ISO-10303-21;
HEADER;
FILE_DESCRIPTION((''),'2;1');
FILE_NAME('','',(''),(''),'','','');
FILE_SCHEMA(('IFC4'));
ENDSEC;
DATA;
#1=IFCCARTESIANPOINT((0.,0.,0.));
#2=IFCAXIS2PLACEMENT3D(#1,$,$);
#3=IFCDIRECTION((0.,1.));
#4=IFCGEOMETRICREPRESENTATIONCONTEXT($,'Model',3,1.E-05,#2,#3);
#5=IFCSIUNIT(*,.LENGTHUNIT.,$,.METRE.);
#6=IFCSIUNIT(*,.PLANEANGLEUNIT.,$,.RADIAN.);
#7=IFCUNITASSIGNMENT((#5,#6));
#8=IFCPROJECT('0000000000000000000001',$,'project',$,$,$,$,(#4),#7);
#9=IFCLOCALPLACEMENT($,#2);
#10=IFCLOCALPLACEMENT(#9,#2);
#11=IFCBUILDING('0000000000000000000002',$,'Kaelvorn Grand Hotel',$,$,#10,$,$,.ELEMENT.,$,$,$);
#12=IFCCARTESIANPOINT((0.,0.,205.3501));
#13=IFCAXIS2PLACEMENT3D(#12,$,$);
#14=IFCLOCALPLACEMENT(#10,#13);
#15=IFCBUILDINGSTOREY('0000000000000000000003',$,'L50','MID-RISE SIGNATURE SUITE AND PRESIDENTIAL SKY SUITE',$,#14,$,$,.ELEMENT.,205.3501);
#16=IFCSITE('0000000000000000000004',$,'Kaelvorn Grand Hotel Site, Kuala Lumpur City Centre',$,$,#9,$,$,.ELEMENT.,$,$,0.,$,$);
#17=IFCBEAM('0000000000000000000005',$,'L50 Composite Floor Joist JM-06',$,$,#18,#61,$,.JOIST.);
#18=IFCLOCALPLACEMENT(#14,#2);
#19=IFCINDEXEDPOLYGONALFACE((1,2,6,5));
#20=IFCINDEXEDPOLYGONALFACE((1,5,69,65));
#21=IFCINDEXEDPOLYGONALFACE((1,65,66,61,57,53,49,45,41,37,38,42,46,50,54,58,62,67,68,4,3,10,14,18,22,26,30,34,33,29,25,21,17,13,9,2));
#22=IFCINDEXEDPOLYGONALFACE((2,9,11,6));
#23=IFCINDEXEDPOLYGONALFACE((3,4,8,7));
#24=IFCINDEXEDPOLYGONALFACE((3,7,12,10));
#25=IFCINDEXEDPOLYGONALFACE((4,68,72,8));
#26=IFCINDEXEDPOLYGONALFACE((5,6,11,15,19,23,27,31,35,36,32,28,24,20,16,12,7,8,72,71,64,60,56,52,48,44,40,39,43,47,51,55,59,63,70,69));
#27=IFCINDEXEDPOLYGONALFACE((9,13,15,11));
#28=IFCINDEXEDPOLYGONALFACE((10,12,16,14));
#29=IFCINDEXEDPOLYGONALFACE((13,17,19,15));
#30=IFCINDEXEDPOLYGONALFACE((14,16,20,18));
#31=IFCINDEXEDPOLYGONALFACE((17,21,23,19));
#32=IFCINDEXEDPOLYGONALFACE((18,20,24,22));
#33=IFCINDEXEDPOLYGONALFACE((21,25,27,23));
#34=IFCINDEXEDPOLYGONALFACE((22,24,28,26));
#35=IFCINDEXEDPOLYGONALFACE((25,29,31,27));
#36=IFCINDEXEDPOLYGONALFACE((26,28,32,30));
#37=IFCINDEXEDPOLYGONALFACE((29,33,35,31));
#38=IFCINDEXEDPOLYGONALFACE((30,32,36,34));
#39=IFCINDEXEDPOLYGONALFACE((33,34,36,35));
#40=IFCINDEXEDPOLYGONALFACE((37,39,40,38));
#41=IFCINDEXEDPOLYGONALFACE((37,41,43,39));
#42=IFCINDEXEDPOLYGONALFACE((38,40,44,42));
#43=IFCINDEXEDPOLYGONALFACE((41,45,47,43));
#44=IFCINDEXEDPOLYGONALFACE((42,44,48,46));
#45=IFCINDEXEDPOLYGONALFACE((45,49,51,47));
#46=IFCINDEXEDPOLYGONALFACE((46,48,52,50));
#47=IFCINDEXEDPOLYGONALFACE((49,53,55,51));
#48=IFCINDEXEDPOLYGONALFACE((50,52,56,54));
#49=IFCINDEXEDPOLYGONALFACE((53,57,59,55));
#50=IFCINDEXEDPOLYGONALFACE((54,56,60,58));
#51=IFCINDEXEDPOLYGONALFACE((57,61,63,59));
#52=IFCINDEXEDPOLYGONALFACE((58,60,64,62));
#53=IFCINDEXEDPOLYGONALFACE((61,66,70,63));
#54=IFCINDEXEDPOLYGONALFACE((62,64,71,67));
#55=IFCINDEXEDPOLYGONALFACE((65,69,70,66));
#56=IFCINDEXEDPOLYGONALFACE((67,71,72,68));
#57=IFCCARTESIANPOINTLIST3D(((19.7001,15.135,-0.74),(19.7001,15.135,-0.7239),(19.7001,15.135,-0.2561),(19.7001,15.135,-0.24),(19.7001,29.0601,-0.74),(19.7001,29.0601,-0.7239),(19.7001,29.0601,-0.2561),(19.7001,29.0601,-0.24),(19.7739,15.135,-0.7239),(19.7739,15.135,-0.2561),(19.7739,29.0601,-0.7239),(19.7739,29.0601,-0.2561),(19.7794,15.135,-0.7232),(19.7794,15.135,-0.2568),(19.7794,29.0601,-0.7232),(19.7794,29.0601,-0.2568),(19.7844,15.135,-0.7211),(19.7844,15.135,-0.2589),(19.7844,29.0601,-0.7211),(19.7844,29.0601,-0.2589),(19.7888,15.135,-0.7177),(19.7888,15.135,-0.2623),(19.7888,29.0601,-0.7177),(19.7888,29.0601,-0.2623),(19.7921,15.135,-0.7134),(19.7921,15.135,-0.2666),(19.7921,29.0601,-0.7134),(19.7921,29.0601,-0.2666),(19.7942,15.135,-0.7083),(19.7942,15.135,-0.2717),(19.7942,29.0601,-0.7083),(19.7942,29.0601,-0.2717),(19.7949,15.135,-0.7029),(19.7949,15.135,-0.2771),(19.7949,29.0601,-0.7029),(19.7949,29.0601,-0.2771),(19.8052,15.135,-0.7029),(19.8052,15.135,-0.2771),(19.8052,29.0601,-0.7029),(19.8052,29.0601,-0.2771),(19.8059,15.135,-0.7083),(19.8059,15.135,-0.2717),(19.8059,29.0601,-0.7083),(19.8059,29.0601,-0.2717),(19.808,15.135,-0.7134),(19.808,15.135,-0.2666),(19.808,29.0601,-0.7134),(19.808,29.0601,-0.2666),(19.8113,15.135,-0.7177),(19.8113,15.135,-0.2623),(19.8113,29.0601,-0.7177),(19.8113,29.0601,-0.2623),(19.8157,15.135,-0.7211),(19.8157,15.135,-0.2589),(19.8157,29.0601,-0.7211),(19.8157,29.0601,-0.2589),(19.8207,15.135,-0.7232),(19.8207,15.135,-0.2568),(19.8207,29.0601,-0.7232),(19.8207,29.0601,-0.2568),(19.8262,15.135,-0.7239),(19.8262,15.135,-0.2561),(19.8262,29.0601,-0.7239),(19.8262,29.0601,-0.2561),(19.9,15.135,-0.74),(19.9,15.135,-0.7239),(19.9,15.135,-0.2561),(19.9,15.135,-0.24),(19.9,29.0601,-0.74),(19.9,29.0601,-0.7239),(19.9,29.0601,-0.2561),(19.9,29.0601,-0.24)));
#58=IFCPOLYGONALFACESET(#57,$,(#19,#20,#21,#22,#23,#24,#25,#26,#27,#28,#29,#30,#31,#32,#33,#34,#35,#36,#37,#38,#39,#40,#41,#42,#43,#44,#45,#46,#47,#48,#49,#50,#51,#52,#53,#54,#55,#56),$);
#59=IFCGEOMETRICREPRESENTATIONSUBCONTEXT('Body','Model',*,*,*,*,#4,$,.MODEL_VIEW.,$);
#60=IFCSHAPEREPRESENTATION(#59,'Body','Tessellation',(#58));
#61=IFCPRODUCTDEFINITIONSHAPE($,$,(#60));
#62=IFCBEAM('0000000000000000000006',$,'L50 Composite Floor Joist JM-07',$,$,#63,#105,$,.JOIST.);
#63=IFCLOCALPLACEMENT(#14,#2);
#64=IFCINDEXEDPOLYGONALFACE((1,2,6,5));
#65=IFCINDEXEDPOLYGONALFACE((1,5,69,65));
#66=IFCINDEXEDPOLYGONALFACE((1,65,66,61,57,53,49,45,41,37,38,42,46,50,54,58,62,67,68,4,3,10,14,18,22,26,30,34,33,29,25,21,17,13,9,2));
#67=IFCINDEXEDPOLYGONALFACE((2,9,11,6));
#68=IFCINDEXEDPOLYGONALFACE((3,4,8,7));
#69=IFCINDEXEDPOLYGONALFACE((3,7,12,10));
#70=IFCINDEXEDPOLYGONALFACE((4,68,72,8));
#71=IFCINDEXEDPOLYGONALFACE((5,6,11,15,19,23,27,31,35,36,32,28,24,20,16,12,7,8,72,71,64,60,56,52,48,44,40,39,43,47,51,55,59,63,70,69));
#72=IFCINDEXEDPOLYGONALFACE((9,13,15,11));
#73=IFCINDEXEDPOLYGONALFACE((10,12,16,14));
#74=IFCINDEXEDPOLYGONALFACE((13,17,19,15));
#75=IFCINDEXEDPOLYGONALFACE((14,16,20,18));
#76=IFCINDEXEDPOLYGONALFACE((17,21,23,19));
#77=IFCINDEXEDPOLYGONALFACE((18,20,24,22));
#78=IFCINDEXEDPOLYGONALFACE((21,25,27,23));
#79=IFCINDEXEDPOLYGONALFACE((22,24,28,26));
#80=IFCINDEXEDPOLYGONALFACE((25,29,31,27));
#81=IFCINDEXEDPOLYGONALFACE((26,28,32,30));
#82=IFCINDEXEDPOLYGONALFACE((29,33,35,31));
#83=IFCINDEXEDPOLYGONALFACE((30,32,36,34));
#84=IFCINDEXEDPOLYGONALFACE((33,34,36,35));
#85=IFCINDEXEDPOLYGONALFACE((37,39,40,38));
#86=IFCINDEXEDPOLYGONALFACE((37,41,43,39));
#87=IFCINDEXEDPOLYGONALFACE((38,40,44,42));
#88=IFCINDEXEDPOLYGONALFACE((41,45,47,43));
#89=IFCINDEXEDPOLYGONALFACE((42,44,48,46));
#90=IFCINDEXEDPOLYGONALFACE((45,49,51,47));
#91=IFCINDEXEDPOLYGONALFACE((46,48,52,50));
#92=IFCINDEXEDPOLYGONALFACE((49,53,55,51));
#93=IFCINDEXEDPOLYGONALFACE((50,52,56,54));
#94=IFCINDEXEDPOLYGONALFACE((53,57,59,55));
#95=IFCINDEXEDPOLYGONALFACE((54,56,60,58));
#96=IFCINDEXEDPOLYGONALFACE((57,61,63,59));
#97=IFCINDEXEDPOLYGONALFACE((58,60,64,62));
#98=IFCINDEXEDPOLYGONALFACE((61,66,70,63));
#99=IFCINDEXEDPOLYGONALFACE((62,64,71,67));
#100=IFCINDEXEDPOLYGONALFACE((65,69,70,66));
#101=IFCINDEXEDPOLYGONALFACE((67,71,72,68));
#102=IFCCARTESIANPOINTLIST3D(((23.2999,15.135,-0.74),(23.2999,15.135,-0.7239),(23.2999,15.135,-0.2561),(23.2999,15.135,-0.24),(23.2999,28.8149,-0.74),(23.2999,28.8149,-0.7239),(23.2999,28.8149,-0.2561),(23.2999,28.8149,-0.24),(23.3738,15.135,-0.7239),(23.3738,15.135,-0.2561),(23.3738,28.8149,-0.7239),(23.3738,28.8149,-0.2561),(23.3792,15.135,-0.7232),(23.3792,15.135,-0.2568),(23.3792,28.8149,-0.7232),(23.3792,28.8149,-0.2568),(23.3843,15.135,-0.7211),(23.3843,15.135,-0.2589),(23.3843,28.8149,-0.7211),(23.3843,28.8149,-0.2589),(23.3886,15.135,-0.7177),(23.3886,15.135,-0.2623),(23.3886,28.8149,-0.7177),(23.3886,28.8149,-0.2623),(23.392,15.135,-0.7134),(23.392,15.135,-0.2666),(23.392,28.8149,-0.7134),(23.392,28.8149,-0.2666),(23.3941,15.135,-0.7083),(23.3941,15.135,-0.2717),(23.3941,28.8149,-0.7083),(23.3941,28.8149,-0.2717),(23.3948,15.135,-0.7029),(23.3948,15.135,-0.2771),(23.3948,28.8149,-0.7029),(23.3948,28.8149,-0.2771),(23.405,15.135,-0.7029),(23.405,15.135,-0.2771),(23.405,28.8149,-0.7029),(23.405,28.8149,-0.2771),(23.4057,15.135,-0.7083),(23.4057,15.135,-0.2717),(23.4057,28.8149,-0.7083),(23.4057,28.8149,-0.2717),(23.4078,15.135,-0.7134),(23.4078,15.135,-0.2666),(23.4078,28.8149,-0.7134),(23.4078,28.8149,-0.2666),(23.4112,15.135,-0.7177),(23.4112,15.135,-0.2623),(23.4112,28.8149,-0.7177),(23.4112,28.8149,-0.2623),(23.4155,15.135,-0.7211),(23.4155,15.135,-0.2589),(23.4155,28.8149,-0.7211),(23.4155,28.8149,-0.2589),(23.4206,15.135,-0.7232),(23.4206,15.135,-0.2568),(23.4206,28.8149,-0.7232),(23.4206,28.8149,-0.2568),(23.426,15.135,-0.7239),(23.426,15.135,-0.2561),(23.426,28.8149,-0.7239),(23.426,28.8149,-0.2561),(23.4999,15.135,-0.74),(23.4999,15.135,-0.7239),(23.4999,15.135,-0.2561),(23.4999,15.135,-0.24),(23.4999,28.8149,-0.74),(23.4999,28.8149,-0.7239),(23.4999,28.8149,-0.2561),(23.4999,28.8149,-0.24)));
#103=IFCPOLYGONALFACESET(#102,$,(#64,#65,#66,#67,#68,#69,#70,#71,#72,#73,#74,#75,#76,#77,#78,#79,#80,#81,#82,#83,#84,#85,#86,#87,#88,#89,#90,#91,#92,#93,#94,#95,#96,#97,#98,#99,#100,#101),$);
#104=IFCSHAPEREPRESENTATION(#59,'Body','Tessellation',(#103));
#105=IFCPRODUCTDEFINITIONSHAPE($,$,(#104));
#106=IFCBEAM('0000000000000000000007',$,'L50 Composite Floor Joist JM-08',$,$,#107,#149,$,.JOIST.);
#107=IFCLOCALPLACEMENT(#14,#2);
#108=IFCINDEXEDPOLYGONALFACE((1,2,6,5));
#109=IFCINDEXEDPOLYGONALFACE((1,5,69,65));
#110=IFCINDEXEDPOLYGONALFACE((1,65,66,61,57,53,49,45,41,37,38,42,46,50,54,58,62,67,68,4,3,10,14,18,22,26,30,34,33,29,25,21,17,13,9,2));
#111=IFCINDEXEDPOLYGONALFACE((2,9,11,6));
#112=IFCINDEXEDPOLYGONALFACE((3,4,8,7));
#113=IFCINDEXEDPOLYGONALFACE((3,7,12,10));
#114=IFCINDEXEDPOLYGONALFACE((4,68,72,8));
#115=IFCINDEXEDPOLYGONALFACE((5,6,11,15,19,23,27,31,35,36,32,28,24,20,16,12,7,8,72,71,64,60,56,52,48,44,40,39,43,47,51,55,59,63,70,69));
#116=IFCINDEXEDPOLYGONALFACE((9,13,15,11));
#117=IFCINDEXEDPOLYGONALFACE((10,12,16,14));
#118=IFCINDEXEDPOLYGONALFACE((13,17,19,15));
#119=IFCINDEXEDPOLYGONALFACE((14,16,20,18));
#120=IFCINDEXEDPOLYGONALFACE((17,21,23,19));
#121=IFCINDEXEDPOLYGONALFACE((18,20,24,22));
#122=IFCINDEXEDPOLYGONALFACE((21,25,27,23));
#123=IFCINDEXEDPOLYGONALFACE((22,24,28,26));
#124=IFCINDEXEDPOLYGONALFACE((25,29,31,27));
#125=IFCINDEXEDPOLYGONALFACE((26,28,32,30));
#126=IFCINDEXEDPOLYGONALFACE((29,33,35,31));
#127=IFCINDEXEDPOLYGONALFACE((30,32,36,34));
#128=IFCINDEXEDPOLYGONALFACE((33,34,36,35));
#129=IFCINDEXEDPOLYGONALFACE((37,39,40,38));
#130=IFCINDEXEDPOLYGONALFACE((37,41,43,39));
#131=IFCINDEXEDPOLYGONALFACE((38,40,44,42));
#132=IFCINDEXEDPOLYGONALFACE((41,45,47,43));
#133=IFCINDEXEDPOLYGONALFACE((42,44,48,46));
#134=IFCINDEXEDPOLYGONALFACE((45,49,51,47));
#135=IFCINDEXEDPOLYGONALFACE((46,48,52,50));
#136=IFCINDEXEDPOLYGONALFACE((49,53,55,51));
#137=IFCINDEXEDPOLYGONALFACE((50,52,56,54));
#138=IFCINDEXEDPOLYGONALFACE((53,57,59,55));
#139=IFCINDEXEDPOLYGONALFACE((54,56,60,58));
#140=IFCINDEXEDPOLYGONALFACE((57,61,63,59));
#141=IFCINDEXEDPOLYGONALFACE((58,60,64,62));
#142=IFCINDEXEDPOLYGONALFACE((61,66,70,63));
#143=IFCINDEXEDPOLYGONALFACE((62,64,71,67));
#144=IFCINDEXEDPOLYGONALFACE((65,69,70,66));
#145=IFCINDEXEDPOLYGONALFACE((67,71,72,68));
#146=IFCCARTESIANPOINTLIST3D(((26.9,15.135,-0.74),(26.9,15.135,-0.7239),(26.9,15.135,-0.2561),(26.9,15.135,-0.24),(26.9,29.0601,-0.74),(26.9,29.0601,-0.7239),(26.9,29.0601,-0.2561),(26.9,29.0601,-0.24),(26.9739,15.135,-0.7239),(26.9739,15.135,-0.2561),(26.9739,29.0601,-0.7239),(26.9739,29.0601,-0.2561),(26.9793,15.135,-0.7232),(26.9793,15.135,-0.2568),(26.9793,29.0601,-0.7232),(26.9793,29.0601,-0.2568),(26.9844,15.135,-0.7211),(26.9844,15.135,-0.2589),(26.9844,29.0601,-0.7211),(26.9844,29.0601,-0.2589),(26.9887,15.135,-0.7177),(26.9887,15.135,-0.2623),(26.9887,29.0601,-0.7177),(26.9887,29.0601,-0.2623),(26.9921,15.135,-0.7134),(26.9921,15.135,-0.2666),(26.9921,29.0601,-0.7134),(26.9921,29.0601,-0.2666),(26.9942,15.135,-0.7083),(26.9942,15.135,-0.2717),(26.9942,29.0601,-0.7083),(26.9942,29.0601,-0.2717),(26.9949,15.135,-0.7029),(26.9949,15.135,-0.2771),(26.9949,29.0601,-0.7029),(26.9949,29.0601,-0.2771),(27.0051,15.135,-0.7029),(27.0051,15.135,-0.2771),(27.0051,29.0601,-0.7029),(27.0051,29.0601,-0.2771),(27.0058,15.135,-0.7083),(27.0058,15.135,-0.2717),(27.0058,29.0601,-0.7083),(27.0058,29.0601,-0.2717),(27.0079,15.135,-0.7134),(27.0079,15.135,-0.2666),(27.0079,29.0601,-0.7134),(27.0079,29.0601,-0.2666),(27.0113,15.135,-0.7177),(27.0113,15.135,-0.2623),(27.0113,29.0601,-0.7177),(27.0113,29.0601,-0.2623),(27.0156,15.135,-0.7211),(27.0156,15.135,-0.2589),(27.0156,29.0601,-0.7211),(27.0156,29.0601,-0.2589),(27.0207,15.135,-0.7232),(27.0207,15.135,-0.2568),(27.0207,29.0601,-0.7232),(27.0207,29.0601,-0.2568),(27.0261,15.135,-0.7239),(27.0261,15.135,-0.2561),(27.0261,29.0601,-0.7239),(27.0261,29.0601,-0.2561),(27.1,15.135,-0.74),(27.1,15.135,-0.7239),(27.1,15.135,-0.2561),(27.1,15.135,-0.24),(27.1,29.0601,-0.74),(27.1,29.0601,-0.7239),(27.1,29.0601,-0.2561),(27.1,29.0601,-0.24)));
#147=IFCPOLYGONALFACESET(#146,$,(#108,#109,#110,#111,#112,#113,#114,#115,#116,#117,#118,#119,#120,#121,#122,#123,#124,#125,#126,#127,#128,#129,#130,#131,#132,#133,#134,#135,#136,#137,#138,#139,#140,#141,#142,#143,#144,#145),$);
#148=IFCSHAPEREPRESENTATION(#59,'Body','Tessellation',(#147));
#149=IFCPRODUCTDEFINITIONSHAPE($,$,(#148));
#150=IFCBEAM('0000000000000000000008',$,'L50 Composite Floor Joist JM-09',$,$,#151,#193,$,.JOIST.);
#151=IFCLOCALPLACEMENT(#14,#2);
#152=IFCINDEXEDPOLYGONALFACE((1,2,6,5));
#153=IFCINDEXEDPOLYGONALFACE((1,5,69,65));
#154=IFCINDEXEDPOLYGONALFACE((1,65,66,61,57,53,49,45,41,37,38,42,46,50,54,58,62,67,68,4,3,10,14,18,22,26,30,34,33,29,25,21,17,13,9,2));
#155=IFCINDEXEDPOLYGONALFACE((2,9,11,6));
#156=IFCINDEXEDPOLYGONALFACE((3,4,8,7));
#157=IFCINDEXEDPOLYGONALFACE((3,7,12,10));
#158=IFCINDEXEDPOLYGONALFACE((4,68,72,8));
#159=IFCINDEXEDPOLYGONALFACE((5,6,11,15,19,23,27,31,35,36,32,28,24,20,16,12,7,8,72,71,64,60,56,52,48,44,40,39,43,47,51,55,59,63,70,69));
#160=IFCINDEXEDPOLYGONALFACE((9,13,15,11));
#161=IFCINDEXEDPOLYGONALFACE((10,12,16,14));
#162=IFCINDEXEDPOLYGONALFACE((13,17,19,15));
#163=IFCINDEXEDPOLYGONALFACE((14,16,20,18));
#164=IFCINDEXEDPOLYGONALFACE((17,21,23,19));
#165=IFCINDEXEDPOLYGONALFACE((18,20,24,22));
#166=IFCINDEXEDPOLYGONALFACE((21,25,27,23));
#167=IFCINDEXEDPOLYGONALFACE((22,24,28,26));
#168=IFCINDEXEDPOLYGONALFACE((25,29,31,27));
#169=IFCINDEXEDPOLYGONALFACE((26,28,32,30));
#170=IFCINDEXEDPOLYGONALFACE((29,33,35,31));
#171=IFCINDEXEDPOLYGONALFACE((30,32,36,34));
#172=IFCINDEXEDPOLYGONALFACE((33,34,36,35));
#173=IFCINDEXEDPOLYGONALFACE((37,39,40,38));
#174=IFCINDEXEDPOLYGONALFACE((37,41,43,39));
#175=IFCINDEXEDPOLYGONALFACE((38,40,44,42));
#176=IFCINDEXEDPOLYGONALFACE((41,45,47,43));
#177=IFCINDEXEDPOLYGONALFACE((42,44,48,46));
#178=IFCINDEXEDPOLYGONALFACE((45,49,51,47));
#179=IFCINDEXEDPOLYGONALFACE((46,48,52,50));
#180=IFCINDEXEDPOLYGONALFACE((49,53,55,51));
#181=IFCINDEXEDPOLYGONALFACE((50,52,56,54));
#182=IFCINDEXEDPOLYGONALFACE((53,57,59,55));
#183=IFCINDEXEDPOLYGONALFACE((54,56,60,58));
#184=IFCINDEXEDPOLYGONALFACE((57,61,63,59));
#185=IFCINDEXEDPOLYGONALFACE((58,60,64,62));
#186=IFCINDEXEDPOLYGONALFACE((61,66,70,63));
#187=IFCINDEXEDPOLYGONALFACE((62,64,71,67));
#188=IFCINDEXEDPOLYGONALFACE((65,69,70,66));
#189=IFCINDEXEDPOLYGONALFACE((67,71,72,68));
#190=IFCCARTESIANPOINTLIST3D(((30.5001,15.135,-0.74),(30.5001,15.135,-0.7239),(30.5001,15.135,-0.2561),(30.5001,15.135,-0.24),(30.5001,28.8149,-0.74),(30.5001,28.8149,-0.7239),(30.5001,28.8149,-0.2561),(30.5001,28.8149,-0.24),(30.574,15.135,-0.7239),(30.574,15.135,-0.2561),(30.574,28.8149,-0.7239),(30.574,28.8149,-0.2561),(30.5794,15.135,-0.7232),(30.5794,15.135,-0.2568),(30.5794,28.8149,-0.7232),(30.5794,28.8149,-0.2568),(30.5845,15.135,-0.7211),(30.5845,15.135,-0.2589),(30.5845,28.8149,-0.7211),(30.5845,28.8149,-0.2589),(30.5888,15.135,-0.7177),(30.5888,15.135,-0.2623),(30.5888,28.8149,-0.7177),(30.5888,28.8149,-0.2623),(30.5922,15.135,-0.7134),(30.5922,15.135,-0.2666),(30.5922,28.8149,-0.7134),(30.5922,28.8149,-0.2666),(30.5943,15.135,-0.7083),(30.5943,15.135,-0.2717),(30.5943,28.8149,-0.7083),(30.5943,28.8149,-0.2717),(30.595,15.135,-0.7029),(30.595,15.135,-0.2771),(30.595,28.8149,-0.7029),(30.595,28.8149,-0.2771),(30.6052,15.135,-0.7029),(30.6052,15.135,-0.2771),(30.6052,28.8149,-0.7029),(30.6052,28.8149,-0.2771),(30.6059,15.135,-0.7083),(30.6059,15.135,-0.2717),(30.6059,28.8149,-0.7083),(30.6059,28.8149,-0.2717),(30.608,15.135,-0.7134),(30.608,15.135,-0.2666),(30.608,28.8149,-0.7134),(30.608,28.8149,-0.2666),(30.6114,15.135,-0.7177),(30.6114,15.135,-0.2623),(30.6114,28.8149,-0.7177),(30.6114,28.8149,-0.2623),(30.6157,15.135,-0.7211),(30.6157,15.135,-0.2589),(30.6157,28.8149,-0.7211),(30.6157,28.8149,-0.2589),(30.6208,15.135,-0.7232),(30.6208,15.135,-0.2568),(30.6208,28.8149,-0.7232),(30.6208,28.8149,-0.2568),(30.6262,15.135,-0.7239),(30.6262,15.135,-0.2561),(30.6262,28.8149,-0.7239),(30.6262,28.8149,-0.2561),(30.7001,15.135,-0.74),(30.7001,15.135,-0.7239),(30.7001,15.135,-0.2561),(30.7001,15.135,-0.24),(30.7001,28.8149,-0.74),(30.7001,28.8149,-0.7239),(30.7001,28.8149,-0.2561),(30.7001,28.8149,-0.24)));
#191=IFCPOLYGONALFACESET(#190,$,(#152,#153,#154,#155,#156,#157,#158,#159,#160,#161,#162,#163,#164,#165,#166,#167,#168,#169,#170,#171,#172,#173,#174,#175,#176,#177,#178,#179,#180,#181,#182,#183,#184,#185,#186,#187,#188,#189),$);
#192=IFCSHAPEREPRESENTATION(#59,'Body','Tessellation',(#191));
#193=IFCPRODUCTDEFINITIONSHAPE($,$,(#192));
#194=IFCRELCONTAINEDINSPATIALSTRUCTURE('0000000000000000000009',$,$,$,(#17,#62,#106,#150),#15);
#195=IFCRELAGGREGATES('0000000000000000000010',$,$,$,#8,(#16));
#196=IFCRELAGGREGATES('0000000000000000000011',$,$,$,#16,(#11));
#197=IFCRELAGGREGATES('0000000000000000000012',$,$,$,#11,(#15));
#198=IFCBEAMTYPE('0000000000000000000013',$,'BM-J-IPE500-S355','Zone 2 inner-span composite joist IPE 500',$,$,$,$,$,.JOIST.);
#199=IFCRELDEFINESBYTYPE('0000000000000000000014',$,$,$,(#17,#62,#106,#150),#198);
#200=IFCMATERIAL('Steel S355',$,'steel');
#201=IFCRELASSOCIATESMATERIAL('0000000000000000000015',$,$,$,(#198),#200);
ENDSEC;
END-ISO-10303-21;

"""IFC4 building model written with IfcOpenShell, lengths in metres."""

from ifc_helpers import new_model, si_unit, direction, frame, origin, origin_2d, place, context, subcontext, project, spatial, i_section, extrude, material, material_profile, profile_set, type_object, element, save


model = new_model("IFC4")

# Units and contexts
model_context = context("Model", 3, precision=1e-05, world=origin(), true_north=direction((0.0, 1.0)))
body_context = subcontext(model_context, "Body", "Model", "MODEL_VIEW")
ifc_project = project(units=[si_unit("LENGTHUNIT", "METRE"), si_unit("PLANEANGLEUNIT", "RADIAN")], contexts=[model_context])

# Site, building, storey
site_placement = place(None, origin())
site = spatial("IfcSite", under=ifc_project, at=site_placement, Name="Kaelvorn Grand Hotel Site, Kuala Lumpur City Centre", CompositionType="ELEMENT", RefElevation=0.0)
building_placement = place(site_placement, origin())
building = spatial("IfcBuilding", under=site, at=building_placement, Name="Kaelvorn Grand Hotel", CompositionType="ELEMENT")
storey_placement = place(building_placement, frame((0.0, 0.0, 205.3501)))
storey = spatial("IfcBuildingStorey", under=building, at=storey_placement, Name="L50", Description="MID-RISE SIGNATURE SUITE AND PRESIDENTIAL SKY SUITE", CompositionType="ELEMENT", Elevation=205.3501)

# Beams
ifc_material_1 = material(Name="Steel S355", Category="steel")
ifc_material_profile_1 = material_profile(ifc_material_1, i_section(OverallWidth=0.2, OverallDepth=0.5, WebThickness=0.0103, FlangeThickness=0.0161, FilletRadius=0.021, at=origin_2d()), Name="IPE 500")
ifc_profile_set_1 = profile_set([ifc_material_profile_1], Name="Steel S355")
beam_type_1 = type_object("IfcBeamType", Name="BM-J-IPE500-S355", Description="Zone 2 inner-span composite joist IPE 500", PredefinedType="JOIST", material=ifc_profile_set_1)
beam_1_placement = place(storey_placement, frame((19.8, 15.135, -0.49), z_axis=(0.0, 1.0, 0.0), x_axis=(-1.0, 0.0, 0.0)))
element("IfcBeam", 1, at=beam_1_placement, inside=storey, type_object=beam_type_1, Name="L50 Composite Floor Joist JM-06", PredefinedType="JOIST", context=body_context, shape_type="SweptSolid", body=[
    extrude(i_section(OverallWidth=0.2, OverallDepth=0.5, WebThickness=0.0103, FlangeThickness=0.0161, FilletRadius=0.021, at=origin_2d()), origin(), (0.0, 0.0, 1.0), 13.925),
])
beam_2_placement = place(storey_placement, frame((23.3999, 15.135, -0.49), z_axis=(0.0, 1.0, 0.0), x_axis=(-1.0, 0.0, 0.0)))
element("IfcBeam", 2, at=beam_2_placement, inside=storey, type_object=beam_type_1, Name="L50 Composite Floor Joist JM-07", PredefinedType="JOIST", context=body_context, shape_type="SweptSolid", body=[
    extrude(i_section(OverallWidth=0.2, OverallDepth=0.5, WebThickness=0.0103, FlangeThickness=0.0161, FilletRadius=0.021, at=origin_2d()), origin(), (0.0, 0.0, 1.0), 13.6799),
])
beam_3_placement = place(storey_placement, frame((27.0, 15.135, -0.49), z_axis=(0.0, 1.0, 0.0), x_axis=(-1.0, 0.0, 0.0)))
element("IfcBeam", 3, at=beam_3_placement, inside=storey, type_object=beam_type_1, Name="L50 Composite Floor Joist JM-08", PredefinedType="JOIST", context=body_context, shape_type="SweptSolid", body=[
    extrude(i_section(OverallWidth=0.2, OverallDepth=0.5, WebThickness=0.0103, FlangeThickness=0.0161, FilletRadius=0.021, at=origin_2d()), origin(), (0.0, 0.0, 1.0), 13.925),
])
beam_4_placement = place(storey_placement, frame((30.6001, 15.135, -0.49), z_axis=(0.0, 1.0, 0.0), x_axis=(-1.0, 0.0, 0.0)))
element("IfcBeam", 4, at=beam_4_placement, inside=storey, type_object=beam_type_1, Name="L50 Composite Floor Joist JM-09", PredefinedType="JOIST", context=body_context, shape_type="SweptSolid", body=[
    extrude(i_section(OverallWidth=0.2, OverallDepth=0.5, WebThickness=0.0103, FlangeThickness=0.0161, FilletRadius=0.021, at=origin_2d()), origin(), (0.0, 0.0, 1.0), 13.6799),
])

save(model, "model.ifc")
